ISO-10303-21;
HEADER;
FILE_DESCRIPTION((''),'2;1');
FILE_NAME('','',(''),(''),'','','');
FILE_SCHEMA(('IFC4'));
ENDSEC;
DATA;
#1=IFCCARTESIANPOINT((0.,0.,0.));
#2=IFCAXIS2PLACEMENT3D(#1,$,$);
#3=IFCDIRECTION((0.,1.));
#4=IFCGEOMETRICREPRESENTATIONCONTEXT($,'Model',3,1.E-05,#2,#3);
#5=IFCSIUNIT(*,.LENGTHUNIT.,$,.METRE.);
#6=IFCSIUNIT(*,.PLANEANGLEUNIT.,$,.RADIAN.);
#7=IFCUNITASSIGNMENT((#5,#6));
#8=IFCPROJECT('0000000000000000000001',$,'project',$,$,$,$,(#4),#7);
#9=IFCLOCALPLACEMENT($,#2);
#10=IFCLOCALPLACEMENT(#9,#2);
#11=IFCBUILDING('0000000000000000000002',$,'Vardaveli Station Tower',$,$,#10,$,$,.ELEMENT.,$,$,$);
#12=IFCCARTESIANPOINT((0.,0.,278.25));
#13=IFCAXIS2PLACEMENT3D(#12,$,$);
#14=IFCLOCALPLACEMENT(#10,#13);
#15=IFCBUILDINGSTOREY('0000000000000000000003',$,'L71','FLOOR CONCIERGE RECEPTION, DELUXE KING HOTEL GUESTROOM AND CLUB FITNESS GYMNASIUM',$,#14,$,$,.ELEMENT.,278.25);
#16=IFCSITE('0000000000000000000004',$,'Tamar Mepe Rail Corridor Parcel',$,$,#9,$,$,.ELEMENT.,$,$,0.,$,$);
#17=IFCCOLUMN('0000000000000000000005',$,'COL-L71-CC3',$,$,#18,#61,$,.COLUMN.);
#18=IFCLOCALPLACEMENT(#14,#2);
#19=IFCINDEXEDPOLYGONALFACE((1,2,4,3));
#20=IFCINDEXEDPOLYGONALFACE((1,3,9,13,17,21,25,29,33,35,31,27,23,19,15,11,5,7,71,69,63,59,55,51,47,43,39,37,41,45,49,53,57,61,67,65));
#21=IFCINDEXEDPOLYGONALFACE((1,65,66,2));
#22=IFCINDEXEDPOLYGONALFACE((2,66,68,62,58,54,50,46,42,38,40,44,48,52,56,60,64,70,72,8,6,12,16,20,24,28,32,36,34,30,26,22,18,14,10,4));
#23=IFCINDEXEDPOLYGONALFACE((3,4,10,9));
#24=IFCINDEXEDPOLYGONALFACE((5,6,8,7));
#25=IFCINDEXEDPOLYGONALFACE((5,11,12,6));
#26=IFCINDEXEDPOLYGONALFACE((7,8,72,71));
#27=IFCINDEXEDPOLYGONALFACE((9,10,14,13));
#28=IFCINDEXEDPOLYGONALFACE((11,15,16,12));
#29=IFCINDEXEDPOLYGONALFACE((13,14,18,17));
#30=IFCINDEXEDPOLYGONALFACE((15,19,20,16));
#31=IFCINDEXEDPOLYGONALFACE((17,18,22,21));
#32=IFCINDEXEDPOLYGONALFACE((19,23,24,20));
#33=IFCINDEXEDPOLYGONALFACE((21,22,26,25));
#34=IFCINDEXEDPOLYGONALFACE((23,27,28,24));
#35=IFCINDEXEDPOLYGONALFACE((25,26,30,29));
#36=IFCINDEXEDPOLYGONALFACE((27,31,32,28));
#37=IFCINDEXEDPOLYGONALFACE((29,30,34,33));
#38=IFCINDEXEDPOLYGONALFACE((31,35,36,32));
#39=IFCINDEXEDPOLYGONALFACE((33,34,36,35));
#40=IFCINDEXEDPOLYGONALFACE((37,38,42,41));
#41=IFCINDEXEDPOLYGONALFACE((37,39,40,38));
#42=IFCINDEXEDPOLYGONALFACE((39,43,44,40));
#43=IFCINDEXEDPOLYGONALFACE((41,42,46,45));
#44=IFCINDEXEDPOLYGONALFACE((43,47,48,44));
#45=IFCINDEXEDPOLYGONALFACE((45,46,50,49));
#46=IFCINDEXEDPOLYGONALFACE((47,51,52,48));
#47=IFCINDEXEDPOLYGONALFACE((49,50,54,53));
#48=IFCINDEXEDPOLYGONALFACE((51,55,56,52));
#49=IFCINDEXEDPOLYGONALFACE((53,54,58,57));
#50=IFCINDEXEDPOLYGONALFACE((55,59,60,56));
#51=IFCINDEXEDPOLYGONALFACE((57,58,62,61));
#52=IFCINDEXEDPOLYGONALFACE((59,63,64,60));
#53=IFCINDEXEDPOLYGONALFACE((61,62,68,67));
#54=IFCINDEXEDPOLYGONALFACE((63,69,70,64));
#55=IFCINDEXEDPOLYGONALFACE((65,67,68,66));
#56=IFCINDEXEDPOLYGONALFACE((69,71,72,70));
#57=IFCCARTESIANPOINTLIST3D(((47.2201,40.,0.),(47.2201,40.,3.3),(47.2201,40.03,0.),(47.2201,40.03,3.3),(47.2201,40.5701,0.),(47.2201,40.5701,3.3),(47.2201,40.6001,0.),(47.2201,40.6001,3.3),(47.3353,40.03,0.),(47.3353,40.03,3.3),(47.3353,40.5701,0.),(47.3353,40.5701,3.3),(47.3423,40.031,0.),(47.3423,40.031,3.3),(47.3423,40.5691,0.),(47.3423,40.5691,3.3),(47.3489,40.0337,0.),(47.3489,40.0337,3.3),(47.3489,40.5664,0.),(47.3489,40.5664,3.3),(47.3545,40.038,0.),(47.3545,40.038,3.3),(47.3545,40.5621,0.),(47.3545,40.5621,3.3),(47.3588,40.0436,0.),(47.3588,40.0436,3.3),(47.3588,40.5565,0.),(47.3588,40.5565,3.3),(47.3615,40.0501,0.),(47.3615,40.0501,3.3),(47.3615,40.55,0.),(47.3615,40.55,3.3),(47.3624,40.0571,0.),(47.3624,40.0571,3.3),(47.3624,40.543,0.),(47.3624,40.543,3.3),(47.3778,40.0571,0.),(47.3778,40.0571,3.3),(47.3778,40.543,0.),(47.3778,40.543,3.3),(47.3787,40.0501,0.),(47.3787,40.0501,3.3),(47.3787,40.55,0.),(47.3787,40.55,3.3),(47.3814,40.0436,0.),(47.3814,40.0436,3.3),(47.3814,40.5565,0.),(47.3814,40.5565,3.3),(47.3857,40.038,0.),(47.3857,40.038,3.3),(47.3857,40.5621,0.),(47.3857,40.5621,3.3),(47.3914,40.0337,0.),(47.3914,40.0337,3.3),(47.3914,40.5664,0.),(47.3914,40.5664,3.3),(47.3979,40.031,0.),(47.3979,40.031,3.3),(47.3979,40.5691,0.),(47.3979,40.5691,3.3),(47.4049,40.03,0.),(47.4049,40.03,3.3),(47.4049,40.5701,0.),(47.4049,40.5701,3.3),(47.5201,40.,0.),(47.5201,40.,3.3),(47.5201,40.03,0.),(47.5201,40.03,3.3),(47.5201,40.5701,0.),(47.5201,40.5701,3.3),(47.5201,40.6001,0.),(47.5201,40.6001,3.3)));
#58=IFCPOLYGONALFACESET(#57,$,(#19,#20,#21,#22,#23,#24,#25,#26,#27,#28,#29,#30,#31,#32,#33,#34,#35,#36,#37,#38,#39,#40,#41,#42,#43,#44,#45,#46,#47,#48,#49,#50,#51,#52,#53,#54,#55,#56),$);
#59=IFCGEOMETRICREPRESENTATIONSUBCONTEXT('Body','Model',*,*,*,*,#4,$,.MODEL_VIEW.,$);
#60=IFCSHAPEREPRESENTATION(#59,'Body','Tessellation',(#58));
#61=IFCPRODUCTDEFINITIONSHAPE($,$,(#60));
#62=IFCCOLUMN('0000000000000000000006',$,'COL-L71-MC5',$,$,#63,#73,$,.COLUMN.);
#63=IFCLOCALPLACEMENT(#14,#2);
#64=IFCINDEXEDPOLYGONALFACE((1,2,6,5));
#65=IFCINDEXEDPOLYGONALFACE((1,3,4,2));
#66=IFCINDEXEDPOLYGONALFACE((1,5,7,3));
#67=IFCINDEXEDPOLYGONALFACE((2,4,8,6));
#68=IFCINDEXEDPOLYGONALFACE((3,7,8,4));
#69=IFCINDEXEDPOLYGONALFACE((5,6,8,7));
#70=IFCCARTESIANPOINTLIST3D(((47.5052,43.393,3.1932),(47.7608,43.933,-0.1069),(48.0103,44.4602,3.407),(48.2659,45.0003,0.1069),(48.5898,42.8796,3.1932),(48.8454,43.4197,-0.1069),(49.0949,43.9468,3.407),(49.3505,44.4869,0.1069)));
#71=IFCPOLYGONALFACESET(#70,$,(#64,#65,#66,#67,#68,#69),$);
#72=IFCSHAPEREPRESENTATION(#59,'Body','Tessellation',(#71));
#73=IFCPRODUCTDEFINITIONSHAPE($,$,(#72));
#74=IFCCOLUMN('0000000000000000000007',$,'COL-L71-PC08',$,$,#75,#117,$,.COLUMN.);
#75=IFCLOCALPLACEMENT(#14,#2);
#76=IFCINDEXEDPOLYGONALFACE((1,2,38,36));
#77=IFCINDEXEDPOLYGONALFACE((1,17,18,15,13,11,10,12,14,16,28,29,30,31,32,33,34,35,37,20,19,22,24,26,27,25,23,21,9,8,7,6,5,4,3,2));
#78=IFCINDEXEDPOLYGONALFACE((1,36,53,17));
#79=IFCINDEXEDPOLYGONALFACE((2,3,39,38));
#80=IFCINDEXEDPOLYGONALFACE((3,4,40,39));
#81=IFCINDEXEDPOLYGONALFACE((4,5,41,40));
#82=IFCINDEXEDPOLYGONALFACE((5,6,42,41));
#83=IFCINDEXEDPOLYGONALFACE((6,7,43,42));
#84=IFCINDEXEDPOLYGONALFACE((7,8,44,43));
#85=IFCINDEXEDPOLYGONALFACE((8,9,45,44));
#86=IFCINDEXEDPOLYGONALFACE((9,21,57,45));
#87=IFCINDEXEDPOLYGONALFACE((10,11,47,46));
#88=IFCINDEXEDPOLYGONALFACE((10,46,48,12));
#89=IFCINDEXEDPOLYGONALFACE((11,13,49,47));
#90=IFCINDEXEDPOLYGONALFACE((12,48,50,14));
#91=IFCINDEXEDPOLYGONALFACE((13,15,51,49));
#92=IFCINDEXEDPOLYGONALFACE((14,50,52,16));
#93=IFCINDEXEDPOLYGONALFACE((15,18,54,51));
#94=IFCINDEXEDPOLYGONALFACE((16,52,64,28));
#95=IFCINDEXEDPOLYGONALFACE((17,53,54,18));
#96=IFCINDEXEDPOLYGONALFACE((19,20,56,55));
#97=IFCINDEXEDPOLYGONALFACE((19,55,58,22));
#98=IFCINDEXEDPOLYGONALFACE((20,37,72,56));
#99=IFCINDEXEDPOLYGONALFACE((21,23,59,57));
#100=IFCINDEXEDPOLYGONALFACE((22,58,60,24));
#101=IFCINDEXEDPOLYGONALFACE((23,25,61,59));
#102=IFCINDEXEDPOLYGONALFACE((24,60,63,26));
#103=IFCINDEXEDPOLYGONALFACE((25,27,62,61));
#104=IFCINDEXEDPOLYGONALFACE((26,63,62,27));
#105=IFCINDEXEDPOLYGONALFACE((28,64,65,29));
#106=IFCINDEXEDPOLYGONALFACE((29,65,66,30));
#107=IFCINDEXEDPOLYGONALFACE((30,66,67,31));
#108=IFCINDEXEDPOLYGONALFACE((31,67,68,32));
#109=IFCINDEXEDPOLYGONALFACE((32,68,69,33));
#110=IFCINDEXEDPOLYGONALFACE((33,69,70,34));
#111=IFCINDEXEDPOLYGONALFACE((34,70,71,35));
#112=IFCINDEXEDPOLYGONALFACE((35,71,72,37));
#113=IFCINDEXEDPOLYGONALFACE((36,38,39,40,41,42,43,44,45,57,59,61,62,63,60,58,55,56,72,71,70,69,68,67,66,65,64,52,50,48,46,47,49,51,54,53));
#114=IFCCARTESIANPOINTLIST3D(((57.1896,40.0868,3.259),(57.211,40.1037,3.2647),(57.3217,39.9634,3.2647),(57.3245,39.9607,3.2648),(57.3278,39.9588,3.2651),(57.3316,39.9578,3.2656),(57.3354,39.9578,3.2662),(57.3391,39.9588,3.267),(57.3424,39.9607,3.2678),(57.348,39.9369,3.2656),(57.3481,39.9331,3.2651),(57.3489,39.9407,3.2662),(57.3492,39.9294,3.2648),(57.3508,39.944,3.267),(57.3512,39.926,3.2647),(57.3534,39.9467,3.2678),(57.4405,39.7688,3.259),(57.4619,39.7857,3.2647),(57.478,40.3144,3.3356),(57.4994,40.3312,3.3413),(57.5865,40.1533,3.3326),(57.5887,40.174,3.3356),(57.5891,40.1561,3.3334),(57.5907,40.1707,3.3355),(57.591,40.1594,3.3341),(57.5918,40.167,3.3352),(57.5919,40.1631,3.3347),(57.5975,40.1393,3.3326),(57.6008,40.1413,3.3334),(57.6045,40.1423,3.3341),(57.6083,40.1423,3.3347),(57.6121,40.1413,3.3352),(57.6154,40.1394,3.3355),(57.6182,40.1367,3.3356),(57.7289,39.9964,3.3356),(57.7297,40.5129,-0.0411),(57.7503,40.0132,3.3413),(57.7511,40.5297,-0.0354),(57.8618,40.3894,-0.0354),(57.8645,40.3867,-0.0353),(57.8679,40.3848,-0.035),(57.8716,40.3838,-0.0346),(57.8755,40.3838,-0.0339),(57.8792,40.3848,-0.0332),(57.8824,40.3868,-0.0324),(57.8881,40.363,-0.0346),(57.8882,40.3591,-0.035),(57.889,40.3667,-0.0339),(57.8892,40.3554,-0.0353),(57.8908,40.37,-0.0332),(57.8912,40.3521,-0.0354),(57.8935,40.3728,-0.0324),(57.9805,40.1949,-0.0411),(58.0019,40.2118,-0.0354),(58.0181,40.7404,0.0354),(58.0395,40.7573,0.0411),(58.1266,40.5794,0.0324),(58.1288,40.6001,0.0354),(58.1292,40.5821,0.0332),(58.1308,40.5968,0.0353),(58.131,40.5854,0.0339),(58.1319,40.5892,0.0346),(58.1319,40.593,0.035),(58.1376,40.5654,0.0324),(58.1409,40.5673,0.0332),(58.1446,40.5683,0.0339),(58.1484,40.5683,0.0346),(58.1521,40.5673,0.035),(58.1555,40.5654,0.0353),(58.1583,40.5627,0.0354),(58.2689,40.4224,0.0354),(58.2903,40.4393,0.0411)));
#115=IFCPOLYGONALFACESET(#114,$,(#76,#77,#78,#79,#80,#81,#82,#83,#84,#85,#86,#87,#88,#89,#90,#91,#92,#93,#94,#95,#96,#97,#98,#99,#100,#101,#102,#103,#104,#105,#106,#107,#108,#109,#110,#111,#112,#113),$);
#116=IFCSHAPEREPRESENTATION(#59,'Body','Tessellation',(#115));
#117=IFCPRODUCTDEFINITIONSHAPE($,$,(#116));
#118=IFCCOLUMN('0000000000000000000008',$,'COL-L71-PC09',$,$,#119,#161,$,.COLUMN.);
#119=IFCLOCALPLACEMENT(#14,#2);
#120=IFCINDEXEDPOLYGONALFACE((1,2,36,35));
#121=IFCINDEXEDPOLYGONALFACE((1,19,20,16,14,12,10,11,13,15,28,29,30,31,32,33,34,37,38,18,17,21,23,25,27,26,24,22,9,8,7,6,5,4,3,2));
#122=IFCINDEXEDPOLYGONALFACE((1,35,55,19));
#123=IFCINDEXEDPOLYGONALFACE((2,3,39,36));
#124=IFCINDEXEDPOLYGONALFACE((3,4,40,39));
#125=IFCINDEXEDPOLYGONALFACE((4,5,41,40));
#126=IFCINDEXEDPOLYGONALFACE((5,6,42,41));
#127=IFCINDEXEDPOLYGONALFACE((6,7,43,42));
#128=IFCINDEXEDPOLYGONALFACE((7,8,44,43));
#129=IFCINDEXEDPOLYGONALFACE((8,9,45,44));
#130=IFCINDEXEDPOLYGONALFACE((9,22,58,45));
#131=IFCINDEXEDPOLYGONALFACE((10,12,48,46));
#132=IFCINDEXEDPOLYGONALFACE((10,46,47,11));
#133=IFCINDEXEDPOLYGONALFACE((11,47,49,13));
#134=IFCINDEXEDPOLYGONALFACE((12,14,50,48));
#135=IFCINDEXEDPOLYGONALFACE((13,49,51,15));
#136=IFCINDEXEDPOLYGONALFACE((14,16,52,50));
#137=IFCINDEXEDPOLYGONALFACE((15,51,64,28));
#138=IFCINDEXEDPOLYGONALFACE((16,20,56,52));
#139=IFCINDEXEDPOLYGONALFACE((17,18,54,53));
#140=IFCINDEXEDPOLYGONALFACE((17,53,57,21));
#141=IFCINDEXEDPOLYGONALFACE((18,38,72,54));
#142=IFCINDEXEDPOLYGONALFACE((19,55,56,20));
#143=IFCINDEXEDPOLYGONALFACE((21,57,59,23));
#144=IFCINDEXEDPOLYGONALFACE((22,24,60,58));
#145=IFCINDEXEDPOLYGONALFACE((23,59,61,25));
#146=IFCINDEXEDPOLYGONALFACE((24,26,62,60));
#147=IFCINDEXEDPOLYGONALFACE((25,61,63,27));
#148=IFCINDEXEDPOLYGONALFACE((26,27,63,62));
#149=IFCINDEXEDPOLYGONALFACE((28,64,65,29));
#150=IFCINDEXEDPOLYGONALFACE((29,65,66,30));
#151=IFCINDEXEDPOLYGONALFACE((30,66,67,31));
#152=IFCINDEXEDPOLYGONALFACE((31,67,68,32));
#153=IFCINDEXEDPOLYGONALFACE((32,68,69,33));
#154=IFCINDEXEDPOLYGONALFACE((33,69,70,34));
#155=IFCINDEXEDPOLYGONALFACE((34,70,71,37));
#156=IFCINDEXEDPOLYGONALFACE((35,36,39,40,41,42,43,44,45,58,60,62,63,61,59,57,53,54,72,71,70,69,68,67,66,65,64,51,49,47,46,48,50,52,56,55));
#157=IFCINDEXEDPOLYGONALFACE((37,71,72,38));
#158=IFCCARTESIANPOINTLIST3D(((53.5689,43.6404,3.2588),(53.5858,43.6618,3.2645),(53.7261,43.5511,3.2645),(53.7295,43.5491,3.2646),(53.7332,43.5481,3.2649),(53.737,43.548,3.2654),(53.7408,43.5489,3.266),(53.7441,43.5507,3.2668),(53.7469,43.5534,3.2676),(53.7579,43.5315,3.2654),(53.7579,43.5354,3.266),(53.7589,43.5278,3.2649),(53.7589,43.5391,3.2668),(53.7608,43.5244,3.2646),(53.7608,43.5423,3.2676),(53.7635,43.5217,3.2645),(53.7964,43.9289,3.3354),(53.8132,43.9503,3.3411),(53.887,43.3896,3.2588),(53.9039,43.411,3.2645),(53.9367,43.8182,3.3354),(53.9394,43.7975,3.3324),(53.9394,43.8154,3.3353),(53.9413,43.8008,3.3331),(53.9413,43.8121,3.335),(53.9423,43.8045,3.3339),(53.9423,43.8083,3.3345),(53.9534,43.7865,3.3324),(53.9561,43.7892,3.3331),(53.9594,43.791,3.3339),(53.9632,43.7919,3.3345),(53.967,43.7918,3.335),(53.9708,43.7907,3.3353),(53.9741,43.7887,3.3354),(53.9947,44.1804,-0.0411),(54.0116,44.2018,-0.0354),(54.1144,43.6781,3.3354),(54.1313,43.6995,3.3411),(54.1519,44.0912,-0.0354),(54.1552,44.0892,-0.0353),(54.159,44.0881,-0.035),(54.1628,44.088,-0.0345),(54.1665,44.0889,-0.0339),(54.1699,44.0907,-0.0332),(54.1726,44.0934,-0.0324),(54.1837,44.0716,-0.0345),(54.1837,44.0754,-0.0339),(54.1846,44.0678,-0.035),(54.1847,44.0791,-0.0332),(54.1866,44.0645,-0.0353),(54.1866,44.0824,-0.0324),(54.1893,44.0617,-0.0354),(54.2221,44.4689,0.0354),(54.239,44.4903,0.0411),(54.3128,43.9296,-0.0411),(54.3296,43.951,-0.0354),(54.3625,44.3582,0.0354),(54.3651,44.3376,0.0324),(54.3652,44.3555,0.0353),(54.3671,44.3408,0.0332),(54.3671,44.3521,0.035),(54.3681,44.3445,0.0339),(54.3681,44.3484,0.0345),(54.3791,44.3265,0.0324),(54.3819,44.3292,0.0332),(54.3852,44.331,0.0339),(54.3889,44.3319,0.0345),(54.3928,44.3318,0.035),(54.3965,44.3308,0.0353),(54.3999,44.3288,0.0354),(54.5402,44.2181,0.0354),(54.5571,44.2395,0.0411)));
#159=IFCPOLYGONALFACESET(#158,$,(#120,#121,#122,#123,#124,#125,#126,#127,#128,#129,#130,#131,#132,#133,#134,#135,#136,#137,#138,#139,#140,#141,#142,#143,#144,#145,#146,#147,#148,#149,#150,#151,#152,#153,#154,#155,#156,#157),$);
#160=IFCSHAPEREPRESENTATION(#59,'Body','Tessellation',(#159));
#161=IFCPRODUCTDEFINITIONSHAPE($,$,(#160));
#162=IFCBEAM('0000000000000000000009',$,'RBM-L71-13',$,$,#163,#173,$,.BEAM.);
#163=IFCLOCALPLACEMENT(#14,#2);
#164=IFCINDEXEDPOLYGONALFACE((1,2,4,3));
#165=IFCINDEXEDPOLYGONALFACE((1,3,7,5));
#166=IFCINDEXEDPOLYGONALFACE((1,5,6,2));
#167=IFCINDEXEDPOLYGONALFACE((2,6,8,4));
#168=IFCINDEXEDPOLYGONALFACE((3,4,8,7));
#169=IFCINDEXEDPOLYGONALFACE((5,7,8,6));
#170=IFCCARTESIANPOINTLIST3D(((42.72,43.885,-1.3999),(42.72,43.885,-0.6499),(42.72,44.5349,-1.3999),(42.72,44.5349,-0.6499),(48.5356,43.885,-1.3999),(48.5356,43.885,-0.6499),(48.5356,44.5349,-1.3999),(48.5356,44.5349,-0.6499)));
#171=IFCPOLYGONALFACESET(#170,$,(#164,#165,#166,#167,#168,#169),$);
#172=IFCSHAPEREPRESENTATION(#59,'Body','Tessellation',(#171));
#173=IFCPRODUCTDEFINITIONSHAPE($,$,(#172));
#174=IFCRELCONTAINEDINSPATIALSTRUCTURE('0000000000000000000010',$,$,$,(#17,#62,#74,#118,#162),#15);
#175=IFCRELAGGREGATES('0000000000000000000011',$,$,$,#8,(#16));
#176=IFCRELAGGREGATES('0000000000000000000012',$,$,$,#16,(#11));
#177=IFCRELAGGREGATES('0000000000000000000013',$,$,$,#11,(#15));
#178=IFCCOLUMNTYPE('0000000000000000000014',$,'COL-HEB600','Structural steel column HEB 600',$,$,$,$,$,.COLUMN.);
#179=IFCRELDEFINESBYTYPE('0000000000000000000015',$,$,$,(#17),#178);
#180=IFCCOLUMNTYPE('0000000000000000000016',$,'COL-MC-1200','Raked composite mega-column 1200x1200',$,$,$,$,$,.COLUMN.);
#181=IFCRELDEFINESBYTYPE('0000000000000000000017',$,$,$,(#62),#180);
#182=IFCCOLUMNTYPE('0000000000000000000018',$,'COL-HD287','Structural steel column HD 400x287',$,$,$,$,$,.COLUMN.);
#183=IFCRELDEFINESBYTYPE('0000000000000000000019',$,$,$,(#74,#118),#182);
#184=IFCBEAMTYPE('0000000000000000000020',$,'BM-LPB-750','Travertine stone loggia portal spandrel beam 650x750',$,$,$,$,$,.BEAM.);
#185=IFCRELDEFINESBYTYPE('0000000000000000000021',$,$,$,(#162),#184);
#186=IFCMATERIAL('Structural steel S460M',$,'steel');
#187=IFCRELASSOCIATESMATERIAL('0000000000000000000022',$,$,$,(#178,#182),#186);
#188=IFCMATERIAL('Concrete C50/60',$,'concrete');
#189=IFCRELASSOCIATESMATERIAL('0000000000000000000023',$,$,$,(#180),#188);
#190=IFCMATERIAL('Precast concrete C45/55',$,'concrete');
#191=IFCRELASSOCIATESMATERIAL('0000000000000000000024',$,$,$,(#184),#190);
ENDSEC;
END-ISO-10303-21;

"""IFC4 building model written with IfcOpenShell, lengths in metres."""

from ifc_helpers import new_model, si_unit, direction, frame, origin, origin_2d, place, context, subcontext, project, spatial, rectangle, i_section, extrude, source, transform, mapped, material, material_profile, profile_set, type_object, element, save


model = new_model("IFC4")

# Units and contexts
model_context = context("Model", 3, precision=1e-05, world=origin(), true_north=direction((0.0, 1.0)))
body_context = subcontext(model_context, "Body", "Model", "MODEL_VIEW")
ifc_project = project(units=[si_unit("LENGTHUNIT", "METRE"), si_unit("PLANEANGLEUNIT", "RADIAN")], contexts=[model_context])

# Site, building, storey
site_placement = place(None, origin())
site = spatial("IfcSite", under=ifc_project, at=site_placement, Name="Tamar Mepe Rail Corridor Parcel", CompositionType="ELEMENT", RefElevation=0.0)
building_placement = place(site_placement, origin())
building = spatial("IfcBuilding", under=site, at=building_placement, Name="Vardaveli Station Tower", CompositionType="ELEMENT")
storey_placement = place(building_placement, frame((0.0, 0.0, 278.25)))
storey = spatial("IfcBuildingStorey", under=building, at=storey_placement, Name="L71", Description="FLOOR CONCIERGE RECEPTION, DELUXE KING HOTEL GUESTROOM AND CLUB FITNESS GYMNASIUM", CompositionType="ELEMENT", Elevation=278.25)

# Columns
ifc_material_1 = material(Name="Structural steel S460M", Category="steel")
ifc_material_profile_1 = material_profile(ifc_material_1, i_section(OverallWidth=0.3, OverallDepth=0.6001, WebThickness=0.0154, FlangeThickness=0.03, FilletRadius=0.0271, at=origin_2d()), Name="HEB 600")
ifc_profile_set_1 = profile_set([ifc_material_profile_1], Name="Structural steel S460M")
column_type_1 = type_object("IfcColumnType", Name="COL-HEB600", Description="Structural steel column HEB 600", PredefinedType="COLUMN", material=ifc_profile_set_1)
shared_shape_1 = source(origin(), body_context, "Body", "SweptSolid", [
    extrude(i_section(OverallWidth=0.3, OverallDepth=0.6001, WebThickness=0.0154, FlangeThickness=0.03, FilletRadius=0.0271, at=origin_2d()), origin(), (0.0, 0.0, 1.0), 3.3),
])
column_1_placement = place(storey_placement, frame((47.3701, 40.3, 0.0), z_axis=(0.0, 0.0, 1.0), x_axis=(1.0, 0.0, 0.0)))
element("IfcColumn", 1, at=column_1_placement, inside=storey, type_object=column_type_1, Name="COL-L71-CC3", PredefinedType="COLUMN", context=body_context, shape_type="MappedRepresentation", body=[
    mapped(shared_shape_1, transform((0.0, 0.0, 0.0), scale=1.0)),
])
ifc_material_2 = material(Name="Concrete C50/60", Category="concrete")
ifc_material_profile_2 = material_profile(ifc_material_2, rectangle(XDim=1.2, YDim=1.2, at=origin_2d()), Name="MC 1200x1200")
ifc_profile_set_2 = profile_set([ifc_material_profile_2], Name="Concrete C50/60")
column_type_2 = type_object("IfcColumnType", Name="COL-MC-1200", Description="Raked composite mega-column 1200x1200", PredefinedType="COLUMN", material=ifc_profile_set_2)
shared_shape_2 = source(origin(), body_context, "Body", "SweptSolid", [
    extrude(rectangle(XDim=1.2, YDim=1.2, at=origin_2d()), origin(), (0.0, 0.0, 1.0), 3.3538),
])
column_2_placement = place(storey_placement, frame((48.5557, 44.21, 0.0), z_axis=(-0.076219, -0.161028, 0.984002), x_axis=(0.903863, -0.427823, 0.0)))
element("IfcColumn", 2, at=column_2_placement, inside=storey, type_object=column_type_2, Name="COL-L71-MC5", PredefinedType="COLUMN", context=body_context, shape_type="MappedRepresentation", body=[
    mapped(shared_shape_2, transform((0.0, 0.0, 0.0), scale=1.0)),
])
ifc_material_profile_3 = material_profile(ifc_material_1, i_section(OverallWidth=0.405, OverallDepth=0.4031, WebThickness=0.0178, FlangeThickness=0.0278, FilletRadius=0.0149, at=origin_2d()), Name="HD 400x287")
ifc_profile_set_3 = profile_set([ifc_material_profile_3], Name="Structural steel S460M")
column_type_3 = type_object("IfcColumnType", Name="COL-HD287", Description="Structural steel column HD 400x287", PredefinedType="COLUMN", material=ifc_profile_set_3)
shared_shape_3 = source(origin(), body_context, "Body", "SweptSolid", [
    extrude(i_section(OverallWidth=0.405, OverallDepth=0.4031, WebThickness=0.0178, FlangeThickness=0.0278, FilletRadius=0.0149, at=origin_2d()), origin(), (0.0, 0.0, 1.0), 3.3711),
])
column_3_placement = place(storey_placement, frame((58.01, 40.4761, 0.0), z_axis=(-0.160203, -0.126381, 0.97896), x_axis=(0.619357, -0.78511, 0.0)))
element("IfcColumn", 3, at=column_3_placement, inside=storey, type_object=column_type_3, Name="COL-L71-PC08", PredefinedType="COLUMN", context=body_context, shape_type="MappedRepresentation", body=[
    mapped(shared_shape_3, transform((0.0, 0.0, 0.0), scale=1.0)),
])
shared_shape_4 = source(origin(), body_context, "Body", "SweptSolid", [
    extrude(i_section(OverallWidth=0.405, OverallDepth=0.4031, WebThickness=0.0178, FlangeThickness=0.0278, FilletRadius=0.0149, at=origin_2d()), origin(), (0.0, 0.0, 1.0), 3.3708),
])
column_4_placement = place(storey_placement, frame((54.2759, 44.21, 0.0), z_axis=(-0.126309, -0.160204, 0.978969), x_axis=(0.785282, -0.619138, 0.0)))
element("IfcColumn", 4, at=column_4_placement, inside=storey, type_object=column_type_3, Name="COL-L71-PC09", PredefinedType="COLUMN", context=body_context, shape_type="MappedRepresentation", body=[
    mapped(shared_shape_4, transform((0.0, 0.0, 0.0), scale=1.0)),
])

# Beam
ifc_material_3 = material(Name="Precast concrete C45/55", Category="concrete")
ifc_material_profile_4 = material_profile(ifc_material_3, rectangle(XDim=0.6499, YDim=0.75, at=origin_2d()), Name="LPB 650x750")
ifc_profile_set_4 = profile_set([ifc_material_profile_4], Name="Precast concrete C45/55")
beam_type = type_object("IfcBeamType", Name="BM-LPB-750", Description="Travertine stone loggia portal spandrel beam 650x750", PredefinedType="BEAM", material=ifc_profile_set_4)
shared_shape_5 = source(origin(), body_context, "Body", "SweptSolid", [
    extrude(rectangle(XDim=0.6499, YDim=0.75, at=origin_2d()), origin(), (0.0, 0.0, 1.0), 5.8157),
])
beam_1_placement = place(storey_placement, frame((48.5356, 44.21, -1.0249), z_axis=(-1.0, 0.0, 0.0), x_axis=(0.0, -1.0, 0.0)))
element("IfcBeam", 5, at=beam_1_placement, inside=storey, type_object=beam_type, Name="RBM-L71-13", PredefinedType="BEAM", context=body_context, shape_type="MappedRepresentation", body=[
    mapped(shared_shape_5, transform((0.0, 0.0, 0.0), scale=1.0)),
])

save(model, "model.ifc")
